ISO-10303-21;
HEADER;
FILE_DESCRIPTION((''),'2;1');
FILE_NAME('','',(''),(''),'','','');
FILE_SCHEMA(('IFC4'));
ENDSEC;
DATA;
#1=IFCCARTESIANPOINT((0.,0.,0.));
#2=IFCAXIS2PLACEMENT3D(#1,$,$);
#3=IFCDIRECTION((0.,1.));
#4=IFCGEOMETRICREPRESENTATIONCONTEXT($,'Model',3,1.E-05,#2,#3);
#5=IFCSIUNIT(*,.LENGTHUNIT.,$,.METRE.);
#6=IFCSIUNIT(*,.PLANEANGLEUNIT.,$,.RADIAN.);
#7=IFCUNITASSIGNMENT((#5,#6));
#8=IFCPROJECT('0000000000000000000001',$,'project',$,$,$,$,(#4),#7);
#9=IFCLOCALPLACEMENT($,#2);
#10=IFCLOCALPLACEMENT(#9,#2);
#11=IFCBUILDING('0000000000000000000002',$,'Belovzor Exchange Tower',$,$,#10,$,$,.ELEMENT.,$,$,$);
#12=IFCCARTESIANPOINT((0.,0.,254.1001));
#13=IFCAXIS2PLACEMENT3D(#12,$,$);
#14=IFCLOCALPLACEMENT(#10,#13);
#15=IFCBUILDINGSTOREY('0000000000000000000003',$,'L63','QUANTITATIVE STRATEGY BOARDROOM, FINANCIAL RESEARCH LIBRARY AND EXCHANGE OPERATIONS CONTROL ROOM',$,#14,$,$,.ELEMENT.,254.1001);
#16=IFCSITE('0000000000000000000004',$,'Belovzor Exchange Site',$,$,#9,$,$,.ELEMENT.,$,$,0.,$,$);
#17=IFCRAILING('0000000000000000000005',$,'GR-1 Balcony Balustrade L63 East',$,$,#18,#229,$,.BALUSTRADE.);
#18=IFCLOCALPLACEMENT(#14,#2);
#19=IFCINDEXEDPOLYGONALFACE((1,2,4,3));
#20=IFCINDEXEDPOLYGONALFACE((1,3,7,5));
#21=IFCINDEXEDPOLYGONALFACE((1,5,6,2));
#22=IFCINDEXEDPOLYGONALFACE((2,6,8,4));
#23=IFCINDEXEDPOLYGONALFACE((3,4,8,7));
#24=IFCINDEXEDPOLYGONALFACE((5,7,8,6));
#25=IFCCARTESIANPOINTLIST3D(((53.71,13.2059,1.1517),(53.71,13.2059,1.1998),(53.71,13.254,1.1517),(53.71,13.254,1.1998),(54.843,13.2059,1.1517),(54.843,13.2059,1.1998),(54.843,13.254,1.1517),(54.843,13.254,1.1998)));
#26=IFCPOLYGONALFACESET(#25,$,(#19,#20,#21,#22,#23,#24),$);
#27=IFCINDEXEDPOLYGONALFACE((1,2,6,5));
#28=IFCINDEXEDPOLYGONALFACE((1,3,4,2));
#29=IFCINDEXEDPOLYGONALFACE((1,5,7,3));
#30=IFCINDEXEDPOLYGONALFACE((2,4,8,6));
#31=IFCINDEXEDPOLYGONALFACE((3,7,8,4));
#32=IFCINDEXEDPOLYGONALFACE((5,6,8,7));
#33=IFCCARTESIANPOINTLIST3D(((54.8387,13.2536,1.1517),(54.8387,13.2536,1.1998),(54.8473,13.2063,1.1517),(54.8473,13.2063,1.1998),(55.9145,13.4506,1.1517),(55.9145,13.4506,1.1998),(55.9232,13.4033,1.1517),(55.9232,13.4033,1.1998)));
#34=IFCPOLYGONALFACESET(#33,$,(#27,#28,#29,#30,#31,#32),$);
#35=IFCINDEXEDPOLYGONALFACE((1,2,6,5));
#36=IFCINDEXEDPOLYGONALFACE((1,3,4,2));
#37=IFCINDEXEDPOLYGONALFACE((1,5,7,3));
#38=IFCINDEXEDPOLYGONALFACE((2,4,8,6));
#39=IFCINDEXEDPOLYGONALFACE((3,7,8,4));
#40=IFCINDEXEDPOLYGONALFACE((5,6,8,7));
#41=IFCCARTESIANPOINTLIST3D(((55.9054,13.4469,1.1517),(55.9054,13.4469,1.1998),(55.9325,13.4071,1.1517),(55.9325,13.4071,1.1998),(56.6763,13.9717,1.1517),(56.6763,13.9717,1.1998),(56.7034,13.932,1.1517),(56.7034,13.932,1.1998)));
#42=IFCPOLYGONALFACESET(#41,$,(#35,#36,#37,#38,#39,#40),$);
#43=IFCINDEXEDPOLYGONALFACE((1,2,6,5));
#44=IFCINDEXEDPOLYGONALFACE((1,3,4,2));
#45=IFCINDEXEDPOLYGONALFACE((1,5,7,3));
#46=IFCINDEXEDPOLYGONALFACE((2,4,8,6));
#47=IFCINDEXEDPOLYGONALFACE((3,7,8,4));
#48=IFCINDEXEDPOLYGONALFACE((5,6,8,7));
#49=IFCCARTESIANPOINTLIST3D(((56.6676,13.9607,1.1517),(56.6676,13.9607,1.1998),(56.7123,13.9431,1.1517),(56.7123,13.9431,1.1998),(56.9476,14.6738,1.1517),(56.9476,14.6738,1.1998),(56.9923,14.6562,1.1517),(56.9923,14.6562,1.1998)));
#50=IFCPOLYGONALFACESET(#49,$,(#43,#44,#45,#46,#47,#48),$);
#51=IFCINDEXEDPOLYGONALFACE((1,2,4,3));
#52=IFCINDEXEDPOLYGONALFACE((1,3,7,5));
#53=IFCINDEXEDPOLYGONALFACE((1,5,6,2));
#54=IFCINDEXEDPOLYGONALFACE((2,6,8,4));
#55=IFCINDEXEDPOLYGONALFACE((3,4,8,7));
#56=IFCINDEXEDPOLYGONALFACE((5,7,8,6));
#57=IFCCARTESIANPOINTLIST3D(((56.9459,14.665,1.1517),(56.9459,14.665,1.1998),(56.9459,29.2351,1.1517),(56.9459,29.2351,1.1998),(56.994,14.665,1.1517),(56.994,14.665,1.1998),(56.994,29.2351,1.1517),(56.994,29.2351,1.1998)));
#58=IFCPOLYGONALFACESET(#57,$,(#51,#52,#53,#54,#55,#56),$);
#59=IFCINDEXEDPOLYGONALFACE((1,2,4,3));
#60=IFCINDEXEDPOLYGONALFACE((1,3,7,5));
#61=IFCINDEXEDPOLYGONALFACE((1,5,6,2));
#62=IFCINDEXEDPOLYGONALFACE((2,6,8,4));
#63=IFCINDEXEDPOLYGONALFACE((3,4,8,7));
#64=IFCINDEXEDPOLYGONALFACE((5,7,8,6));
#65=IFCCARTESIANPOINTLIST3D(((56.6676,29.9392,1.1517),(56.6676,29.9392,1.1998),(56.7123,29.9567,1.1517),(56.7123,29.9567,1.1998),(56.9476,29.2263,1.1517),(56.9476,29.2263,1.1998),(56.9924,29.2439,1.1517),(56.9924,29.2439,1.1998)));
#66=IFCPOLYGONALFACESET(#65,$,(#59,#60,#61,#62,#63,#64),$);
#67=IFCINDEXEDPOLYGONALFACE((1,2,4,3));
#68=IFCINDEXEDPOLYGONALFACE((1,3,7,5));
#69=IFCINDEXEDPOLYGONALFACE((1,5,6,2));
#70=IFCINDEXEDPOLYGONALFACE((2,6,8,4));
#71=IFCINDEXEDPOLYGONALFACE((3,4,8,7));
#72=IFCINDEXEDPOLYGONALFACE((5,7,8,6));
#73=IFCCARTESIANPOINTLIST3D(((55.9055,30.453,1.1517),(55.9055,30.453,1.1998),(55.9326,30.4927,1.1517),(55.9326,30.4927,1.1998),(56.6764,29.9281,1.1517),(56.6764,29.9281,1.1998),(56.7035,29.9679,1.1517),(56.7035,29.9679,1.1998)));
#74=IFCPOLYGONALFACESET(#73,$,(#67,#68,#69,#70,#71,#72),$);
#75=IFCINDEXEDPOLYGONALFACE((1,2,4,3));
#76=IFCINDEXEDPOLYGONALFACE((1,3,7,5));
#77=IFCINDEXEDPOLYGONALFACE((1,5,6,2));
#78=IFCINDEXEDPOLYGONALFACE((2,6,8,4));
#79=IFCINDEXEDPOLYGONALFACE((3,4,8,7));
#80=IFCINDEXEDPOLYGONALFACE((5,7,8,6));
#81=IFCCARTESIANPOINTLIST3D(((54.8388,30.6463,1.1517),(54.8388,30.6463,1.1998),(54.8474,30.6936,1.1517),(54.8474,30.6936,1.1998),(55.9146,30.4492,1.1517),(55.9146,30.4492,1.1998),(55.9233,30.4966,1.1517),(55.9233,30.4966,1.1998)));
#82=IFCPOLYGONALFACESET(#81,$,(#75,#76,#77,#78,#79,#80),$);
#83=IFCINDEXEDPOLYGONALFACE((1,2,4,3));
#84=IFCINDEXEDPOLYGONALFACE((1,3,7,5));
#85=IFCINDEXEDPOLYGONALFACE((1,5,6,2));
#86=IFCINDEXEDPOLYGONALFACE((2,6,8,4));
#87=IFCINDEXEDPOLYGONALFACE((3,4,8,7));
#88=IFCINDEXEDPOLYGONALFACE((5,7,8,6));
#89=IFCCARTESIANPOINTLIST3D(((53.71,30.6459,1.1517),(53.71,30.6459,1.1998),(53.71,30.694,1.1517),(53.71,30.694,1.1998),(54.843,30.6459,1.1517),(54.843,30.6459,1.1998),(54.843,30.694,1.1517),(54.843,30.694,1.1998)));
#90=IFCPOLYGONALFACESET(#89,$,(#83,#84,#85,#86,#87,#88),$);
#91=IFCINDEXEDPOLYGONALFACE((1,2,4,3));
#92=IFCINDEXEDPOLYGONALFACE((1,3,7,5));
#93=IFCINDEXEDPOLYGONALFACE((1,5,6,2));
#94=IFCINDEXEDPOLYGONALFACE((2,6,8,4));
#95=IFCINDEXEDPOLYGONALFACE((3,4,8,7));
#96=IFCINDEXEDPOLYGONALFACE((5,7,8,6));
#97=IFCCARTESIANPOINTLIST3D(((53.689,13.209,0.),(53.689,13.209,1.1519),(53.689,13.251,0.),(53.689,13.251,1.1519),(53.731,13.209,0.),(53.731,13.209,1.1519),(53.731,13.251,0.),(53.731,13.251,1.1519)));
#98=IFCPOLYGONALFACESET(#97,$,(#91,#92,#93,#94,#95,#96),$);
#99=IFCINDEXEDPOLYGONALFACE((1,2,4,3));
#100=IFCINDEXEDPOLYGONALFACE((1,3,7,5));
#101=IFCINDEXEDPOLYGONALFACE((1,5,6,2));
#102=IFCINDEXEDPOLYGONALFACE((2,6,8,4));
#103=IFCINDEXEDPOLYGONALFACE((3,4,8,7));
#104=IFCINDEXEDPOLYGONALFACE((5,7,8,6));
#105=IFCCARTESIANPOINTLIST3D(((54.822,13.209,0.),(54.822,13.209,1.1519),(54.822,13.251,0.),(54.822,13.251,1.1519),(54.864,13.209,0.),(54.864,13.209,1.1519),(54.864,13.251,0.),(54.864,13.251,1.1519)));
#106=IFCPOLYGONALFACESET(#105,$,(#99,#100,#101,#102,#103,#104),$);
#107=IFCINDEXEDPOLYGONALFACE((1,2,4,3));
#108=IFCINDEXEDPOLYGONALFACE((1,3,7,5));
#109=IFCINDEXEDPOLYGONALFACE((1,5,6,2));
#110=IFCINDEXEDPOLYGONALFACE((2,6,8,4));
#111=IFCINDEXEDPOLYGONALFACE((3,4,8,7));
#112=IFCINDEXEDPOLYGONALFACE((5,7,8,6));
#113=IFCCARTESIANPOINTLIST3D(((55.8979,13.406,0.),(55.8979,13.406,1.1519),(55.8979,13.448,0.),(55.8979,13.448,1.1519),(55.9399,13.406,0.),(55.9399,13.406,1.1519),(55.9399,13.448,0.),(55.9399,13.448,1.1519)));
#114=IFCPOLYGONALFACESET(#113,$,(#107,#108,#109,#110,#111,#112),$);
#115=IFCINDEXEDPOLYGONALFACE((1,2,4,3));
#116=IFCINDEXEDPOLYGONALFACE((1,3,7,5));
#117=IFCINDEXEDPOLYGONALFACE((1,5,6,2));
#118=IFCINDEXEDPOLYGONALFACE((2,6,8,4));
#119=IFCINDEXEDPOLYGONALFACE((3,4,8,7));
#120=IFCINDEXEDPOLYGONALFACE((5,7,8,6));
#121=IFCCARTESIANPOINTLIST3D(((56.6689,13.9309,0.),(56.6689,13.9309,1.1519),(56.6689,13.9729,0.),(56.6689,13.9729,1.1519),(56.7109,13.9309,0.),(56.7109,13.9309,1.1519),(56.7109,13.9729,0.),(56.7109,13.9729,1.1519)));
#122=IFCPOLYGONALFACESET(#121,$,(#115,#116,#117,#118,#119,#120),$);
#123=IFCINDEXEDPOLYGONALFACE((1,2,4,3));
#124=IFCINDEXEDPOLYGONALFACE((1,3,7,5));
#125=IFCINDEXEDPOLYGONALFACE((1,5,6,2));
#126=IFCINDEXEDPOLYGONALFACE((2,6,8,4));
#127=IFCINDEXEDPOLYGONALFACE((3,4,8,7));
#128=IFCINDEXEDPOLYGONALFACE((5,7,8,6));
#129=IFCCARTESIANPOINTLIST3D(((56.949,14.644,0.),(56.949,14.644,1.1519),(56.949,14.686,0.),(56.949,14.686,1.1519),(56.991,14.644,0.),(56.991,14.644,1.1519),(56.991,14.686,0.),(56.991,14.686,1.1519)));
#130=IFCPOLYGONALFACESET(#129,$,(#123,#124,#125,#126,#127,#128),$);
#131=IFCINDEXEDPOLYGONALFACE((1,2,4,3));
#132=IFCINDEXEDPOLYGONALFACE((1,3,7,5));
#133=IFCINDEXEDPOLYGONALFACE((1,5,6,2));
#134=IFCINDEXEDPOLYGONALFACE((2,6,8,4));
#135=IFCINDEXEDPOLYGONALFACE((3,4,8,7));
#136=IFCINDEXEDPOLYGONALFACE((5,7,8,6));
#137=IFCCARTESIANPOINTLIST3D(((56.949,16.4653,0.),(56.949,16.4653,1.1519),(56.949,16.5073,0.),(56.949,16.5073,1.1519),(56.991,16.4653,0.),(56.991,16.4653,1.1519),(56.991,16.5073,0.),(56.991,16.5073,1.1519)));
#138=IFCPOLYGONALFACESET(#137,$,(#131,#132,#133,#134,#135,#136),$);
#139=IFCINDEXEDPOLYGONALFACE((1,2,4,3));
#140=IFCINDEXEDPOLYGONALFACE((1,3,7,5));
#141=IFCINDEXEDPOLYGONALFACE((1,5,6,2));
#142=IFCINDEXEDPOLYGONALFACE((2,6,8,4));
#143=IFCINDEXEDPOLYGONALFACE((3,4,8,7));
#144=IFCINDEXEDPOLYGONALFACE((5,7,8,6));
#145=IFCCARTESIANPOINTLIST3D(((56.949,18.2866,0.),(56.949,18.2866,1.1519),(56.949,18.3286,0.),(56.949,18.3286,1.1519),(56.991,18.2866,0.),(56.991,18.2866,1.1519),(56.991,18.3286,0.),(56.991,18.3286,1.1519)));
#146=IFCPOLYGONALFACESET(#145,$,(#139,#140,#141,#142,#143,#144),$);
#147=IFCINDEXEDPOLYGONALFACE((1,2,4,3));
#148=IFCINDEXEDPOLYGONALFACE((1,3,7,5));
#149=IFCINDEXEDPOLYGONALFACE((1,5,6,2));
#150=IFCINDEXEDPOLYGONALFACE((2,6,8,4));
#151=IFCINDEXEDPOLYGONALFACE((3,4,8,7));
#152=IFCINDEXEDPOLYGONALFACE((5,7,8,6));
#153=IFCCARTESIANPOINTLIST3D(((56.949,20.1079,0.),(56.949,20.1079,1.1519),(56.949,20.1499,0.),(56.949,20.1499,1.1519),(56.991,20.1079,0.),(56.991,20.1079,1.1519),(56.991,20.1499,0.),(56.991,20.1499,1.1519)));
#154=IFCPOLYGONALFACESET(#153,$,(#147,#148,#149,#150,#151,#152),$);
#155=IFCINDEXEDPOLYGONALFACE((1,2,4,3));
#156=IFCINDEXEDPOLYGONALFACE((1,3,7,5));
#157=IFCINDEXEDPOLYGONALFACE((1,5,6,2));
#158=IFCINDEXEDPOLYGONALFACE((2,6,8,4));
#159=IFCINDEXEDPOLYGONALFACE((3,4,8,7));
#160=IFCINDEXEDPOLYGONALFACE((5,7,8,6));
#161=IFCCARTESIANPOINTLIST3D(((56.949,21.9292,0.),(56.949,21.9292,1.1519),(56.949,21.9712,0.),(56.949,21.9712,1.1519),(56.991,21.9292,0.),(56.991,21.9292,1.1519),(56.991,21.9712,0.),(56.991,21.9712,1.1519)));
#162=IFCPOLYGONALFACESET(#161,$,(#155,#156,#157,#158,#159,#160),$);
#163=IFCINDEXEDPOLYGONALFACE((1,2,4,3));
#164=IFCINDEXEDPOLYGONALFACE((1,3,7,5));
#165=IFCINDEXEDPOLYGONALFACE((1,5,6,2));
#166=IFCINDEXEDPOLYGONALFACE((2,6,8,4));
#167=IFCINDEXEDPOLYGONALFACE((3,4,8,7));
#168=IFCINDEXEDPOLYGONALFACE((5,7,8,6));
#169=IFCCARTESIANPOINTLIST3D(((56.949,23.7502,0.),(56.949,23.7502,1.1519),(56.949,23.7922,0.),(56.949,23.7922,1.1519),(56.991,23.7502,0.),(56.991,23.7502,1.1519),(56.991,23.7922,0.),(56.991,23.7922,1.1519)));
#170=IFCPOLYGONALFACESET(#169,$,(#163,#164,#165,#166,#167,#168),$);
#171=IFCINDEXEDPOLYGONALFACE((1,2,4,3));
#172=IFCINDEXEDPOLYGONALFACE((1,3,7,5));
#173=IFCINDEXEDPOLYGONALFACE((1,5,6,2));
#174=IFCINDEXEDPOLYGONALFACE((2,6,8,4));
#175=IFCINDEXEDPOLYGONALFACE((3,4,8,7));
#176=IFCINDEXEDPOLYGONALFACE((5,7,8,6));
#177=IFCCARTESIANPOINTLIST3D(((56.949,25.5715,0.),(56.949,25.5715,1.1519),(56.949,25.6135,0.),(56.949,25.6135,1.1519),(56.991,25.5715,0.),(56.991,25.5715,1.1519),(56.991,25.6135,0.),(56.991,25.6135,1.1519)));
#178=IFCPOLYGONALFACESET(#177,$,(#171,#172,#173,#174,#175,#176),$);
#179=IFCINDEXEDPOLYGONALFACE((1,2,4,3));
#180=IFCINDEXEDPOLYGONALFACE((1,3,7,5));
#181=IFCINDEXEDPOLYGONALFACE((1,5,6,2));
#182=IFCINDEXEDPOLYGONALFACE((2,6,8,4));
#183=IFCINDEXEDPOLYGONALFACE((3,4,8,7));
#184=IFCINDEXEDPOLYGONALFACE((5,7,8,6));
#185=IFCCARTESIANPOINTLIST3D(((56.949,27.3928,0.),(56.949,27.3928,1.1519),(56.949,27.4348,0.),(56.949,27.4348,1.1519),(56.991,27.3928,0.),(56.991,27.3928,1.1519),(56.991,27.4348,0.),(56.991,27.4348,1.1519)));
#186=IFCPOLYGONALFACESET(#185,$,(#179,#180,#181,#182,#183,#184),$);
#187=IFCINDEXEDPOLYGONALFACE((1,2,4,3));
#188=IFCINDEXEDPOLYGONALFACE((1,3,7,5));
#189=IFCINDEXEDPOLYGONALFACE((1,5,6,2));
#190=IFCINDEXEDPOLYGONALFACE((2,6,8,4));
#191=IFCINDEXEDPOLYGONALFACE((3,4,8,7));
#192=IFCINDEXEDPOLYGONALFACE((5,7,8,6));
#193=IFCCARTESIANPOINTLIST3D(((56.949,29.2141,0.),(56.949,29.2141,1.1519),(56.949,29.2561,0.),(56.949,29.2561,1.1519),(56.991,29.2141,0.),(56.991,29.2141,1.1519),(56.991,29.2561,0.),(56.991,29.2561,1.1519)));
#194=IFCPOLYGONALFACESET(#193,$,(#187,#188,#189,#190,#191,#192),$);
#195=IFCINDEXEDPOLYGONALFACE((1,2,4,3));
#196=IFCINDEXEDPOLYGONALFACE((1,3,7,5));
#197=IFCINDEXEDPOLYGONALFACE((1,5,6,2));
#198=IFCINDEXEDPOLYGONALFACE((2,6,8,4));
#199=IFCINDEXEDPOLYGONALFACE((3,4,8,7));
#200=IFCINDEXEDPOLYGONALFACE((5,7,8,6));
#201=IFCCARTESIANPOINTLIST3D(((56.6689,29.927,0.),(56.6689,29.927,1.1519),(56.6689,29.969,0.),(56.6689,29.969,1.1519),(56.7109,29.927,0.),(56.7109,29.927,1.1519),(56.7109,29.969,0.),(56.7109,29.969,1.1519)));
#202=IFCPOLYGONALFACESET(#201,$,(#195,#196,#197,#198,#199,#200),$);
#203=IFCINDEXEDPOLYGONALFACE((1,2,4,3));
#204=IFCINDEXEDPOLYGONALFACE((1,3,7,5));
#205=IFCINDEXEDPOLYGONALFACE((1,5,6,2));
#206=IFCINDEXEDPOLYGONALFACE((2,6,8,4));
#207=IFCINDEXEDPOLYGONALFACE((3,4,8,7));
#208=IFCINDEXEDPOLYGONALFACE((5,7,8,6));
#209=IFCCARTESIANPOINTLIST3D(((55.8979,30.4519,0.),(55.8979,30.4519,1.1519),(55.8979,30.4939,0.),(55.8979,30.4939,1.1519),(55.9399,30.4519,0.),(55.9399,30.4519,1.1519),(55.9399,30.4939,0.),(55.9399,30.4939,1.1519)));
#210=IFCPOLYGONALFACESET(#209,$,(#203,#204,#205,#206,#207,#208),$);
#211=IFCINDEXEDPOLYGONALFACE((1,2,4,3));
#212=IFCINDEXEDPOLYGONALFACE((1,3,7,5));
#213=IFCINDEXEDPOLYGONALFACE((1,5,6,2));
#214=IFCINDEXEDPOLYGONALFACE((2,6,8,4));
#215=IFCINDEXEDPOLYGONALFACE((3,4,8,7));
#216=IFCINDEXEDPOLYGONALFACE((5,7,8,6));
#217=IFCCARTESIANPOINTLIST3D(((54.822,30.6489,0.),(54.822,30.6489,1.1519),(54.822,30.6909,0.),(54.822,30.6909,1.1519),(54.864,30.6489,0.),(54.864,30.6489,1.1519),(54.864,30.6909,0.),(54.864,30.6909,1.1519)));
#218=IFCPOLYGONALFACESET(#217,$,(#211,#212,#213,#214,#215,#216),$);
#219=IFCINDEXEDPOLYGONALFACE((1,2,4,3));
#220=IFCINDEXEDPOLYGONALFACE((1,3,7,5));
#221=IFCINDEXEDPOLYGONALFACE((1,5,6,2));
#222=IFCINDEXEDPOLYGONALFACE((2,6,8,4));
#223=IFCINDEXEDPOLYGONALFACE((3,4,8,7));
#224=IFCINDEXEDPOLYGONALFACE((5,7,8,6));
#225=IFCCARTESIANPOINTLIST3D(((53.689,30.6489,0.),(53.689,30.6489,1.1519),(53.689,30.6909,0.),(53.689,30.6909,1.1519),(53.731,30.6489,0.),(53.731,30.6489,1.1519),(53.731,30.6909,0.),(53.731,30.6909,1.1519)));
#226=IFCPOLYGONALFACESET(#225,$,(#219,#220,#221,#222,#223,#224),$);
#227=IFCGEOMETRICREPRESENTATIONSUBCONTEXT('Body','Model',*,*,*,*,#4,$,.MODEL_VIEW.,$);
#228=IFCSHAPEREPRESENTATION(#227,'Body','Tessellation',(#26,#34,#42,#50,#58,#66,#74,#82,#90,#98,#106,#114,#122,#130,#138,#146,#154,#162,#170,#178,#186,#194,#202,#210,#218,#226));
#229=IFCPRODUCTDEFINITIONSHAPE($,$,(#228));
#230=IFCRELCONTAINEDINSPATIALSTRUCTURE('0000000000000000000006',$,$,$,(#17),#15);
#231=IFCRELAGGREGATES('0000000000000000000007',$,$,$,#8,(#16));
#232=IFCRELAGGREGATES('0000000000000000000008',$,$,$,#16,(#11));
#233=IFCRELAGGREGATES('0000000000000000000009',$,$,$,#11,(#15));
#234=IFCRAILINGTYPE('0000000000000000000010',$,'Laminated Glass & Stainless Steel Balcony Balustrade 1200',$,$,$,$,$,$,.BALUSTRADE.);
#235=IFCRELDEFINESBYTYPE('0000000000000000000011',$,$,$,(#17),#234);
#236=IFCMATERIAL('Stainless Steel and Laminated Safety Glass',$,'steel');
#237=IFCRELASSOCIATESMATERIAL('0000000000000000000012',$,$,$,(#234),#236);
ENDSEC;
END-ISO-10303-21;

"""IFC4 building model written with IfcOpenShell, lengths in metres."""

from ifc_helpers import new_model, si_unit, direction, frame, origin, origin_2d, place, context, subcontext, project, spatial, rectangle, extrude, material, type_object, element, save


model = new_model("IFC4")

# Units and contexts
model_context = context("Model", 3, precision=1e-05, world=origin(), true_north=direction((0.0, 1.0)))
body_context = subcontext(model_context, "Body", "Model", "MODEL_VIEW")
ifc_project = project(units=[si_unit("LENGTHUNIT", "METRE"), si_unit("PLANEANGLEUNIT", "RADIAN")], contexts=[model_context])

# Site, building, storey
site_placement = place(None, origin())
site = spatial("IfcSite", under=ifc_project, at=site_placement, Name="Belovzor Exchange Site", CompositionType="ELEMENT", RefElevation=0.0)
building_placement = place(site_placement, origin())
building = spatial("IfcBuilding", under=site, at=building_placement, Name="Belovzor Exchange Tower", CompositionType="ELEMENT")
storey_placement = place(building_placement, frame((0.0, 0.0, 254.1001)))
storey = spatial("IfcBuildingStorey", under=building, at=storey_placement, Name="L63", Description="QUANTITATIVE STRATEGY BOARDROOM, FINANCIAL RESEARCH LIBRARY AND EXCHANGE OPERATIONS CONTROL ROOM", CompositionType="ELEMENT", Elevation=254.1001)

# Railing
ifc_material_1 = material(Name="Stainless Steel and Laminated Safety Glass", Category="steel")
railing_type = type_object("IfcRailingType", Name="Laminated Glass & Stainless Steel Balcony Balustrade 1200", PredefinedType="BALUSTRADE", material=ifc_material_1)
railing_placement = place(storey_placement, frame((53.71, 13.23, 0.0)))
element("IfcRailing", 1, at=railing_placement, inside=storey, type_object=railing_type, Name="GR-1 Balcony Balustrade L63 East", PredefinedType="BALUSTRADE", context=body_context, shape_type="SweptSolid", body=[
    extrude(rectangle(XDim=0.0481, YDim=0.0481, at=origin_2d()), frame((0.0, 0.0, 1.1758), z_axis=(1.0, 0.0, 0.0), x_axis=(0.0, 1.0, 0.0)), (0.0, 0.0, 1.0), 1.1331),
    extrude(rectangle(XDim=0.0481, YDim=0.0481, at=origin_2d()), frame((1.1331, 0.0, 1.1758), z_axis=(0.983644, 0.180123, 0.0), x_axis=(-0.180123, 0.983644, 0.0)), (0.0, 0.0, 1.0), 1.0938),
    extrude(rectangle(XDim=0.0481, YDim=0.0481, at=origin_2d()), frame((2.209, 0.197, 1.1758), z_axis=(0.826615, 0.562768, 0.0), x_axis=(-0.562768, 0.826615, 0.0)), (0.0, 0.0, 1.0), 0.9326),
    extrude(rectangle(XDim=0.0481, YDim=0.0481, at=origin_2d()), frame((2.98, 0.7219, 1.1758), z_axis=(0.365504, 0.93081, 0.0), x_axis=(-0.93081, 0.365504, 0.0)), (0.0, 0.0, 1.0), 0.7661),
    extrude(rectangle(XDim=0.0481, YDim=0.0481, at=origin_2d()), frame((3.26, 1.4351, 1.1758), z_axis=(0.0, 1.0, 0.0), x_axis=(-1.0, 0.0, 0.0)), (0.0, 0.0, 1.0), 14.5701),
    extrude(rectangle(XDim=0.0481, YDim=0.0481, at=origin_2d()), frame((3.26, 16.0051, 1.1758), z_axis=(-0.365613, 0.930767, 0.0), x_axis=(-0.930767, -0.365613, 0.0)), (0.0, 0.0, 1.0), 0.7659),
    extrude(rectangle(XDim=0.0481, YDim=0.0481, at=origin_2d()), frame((2.98, 16.718, 1.1758), z_axis=(-0.826615, 0.562768, 0.0), x_axis=(-0.562768, -0.826615, 0.0)), (0.0, 0.0, 1.0), 0.9326),
    extrude(rectangle(XDim=0.0481, YDim=0.0481, at=origin_2d()), frame((2.209, 17.2429, 1.1758), z_axis=(-0.983644, 0.180123, 0.0), x_axis=(-0.180123, -0.983644, 0.0)), (0.0, 0.0, 1.0), 1.0938),
    extrude(rectangle(XDim=0.0481, YDim=0.0481, at=origin_2d()), frame((1.1331, 17.4399, 1.1758), z_axis=(-1.0, 0.0, 0.0), x_axis=(0.0, -1.0, 0.0)), (0.0, 0.0, 1.0), 1.1331),
    extrude(rectangle(XDim=0.042, YDim=0.042, at=origin_2d()), origin(), (0.0, 0.0, 1.0), 1.1519),
    extrude(rectangle(XDim=0.042, YDim=0.042, at=origin_2d()), frame((1.1331, 0.0, 0.0)), (0.0, 0.0, 1.0), 1.1519),
    extrude(rectangle(XDim=0.042, YDim=0.042, at=origin_2d()), frame((2.209, 0.197, 0.0)), (0.0, 0.0, 1.0), 1.1519),
    extrude(rectangle(XDim=0.042, YDim=0.042, at=origin_2d()), frame((2.98, 0.7219, 0.0)), (0.0, 0.0, 1.0), 1.1519),
    extrude(rectangle(XDim=0.042, YDim=0.042, at=origin_2d()), frame((3.26, 1.4351, 0.0)), (0.0, 0.0, 1.0), 1.1519),
    extrude(rectangle(XDim=0.042, YDim=0.042, at=origin_2d()), frame((3.26, 3.2563, 0.0)), (0.0, 0.0, 1.0), 1.1519),
    extrude(rectangle(XDim=0.042, YDim=0.042, at=origin_2d()), frame((3.26, 5.0776, 0.0)), (0.0, 0.0, 1.0), 1.1519),
    extrude(rectangle(XDim=0.042, YDim=0.042, at=origin_2d()), frame((3.26, 6.8989, 0.0)), (0.0, 0.0, 1.0), 1.1519),
    extrude(rectangle(XDim=0.042, YDim=0.042, at=origin_2d()), frame((3.26, 8.7202, 0.0)), (0.0, 0.0, 1.0), 1.1519),
    extrude(rectangle(XDim=0.042, YDim=0.042, at=origin_2d()), frame((3.26, 10.5413, 0.0)), (0.0, 0.0, 1.0), 1.1519),
    extrude(rectangle(XDim=0.042, YDim=0.042, at=origin_2d()), frame((3.26, 12.3625, 0.0)), (0.0, 0.0, 1.0), 1.1519),
    extrude(rectangle(XDim=0.042, YDim=0.042, at=origin_2d()), frame((3.26, 14.1838, 0.0)), (0.0, 0.0, 1.0), 1.1519),
    extrude(rectangle(XDim=0.042, YDim=0.042, at=origin_2d()), frame((3.26, 16.0051, 0.0)), (0.0, 0.0, 1.0), 1.1519),
    extrude(rectangle(XDim=0.042, YDim=0.042, at=origin_2d()), frame((2.98, 16.718, 0.0)), (0.0, 0.0, 1.0), 1.1519),
    extrude(rectangle(XDim=0.042, YDim=0.042, at=origin_2d()), frame((2.209, 17.2429, 0.0)), (0.0, 0.0, 1.0), 1.1519),
    extrude(rectangle(XDim=0.042, YDim=0.042, at=origin_2d()), frame((1.1331, 17.4399, 0.0)), (0.0, 0.0, 1.0), 1.1519),
    extrude(rectangle(XDim=0.042, YDim=0.042, at=origin_2d()), frame((0.0, 17.4399, 0.0)), (0.0, 0.0, 1.0), 1.1519),
])

save(model, "model.ifc")
